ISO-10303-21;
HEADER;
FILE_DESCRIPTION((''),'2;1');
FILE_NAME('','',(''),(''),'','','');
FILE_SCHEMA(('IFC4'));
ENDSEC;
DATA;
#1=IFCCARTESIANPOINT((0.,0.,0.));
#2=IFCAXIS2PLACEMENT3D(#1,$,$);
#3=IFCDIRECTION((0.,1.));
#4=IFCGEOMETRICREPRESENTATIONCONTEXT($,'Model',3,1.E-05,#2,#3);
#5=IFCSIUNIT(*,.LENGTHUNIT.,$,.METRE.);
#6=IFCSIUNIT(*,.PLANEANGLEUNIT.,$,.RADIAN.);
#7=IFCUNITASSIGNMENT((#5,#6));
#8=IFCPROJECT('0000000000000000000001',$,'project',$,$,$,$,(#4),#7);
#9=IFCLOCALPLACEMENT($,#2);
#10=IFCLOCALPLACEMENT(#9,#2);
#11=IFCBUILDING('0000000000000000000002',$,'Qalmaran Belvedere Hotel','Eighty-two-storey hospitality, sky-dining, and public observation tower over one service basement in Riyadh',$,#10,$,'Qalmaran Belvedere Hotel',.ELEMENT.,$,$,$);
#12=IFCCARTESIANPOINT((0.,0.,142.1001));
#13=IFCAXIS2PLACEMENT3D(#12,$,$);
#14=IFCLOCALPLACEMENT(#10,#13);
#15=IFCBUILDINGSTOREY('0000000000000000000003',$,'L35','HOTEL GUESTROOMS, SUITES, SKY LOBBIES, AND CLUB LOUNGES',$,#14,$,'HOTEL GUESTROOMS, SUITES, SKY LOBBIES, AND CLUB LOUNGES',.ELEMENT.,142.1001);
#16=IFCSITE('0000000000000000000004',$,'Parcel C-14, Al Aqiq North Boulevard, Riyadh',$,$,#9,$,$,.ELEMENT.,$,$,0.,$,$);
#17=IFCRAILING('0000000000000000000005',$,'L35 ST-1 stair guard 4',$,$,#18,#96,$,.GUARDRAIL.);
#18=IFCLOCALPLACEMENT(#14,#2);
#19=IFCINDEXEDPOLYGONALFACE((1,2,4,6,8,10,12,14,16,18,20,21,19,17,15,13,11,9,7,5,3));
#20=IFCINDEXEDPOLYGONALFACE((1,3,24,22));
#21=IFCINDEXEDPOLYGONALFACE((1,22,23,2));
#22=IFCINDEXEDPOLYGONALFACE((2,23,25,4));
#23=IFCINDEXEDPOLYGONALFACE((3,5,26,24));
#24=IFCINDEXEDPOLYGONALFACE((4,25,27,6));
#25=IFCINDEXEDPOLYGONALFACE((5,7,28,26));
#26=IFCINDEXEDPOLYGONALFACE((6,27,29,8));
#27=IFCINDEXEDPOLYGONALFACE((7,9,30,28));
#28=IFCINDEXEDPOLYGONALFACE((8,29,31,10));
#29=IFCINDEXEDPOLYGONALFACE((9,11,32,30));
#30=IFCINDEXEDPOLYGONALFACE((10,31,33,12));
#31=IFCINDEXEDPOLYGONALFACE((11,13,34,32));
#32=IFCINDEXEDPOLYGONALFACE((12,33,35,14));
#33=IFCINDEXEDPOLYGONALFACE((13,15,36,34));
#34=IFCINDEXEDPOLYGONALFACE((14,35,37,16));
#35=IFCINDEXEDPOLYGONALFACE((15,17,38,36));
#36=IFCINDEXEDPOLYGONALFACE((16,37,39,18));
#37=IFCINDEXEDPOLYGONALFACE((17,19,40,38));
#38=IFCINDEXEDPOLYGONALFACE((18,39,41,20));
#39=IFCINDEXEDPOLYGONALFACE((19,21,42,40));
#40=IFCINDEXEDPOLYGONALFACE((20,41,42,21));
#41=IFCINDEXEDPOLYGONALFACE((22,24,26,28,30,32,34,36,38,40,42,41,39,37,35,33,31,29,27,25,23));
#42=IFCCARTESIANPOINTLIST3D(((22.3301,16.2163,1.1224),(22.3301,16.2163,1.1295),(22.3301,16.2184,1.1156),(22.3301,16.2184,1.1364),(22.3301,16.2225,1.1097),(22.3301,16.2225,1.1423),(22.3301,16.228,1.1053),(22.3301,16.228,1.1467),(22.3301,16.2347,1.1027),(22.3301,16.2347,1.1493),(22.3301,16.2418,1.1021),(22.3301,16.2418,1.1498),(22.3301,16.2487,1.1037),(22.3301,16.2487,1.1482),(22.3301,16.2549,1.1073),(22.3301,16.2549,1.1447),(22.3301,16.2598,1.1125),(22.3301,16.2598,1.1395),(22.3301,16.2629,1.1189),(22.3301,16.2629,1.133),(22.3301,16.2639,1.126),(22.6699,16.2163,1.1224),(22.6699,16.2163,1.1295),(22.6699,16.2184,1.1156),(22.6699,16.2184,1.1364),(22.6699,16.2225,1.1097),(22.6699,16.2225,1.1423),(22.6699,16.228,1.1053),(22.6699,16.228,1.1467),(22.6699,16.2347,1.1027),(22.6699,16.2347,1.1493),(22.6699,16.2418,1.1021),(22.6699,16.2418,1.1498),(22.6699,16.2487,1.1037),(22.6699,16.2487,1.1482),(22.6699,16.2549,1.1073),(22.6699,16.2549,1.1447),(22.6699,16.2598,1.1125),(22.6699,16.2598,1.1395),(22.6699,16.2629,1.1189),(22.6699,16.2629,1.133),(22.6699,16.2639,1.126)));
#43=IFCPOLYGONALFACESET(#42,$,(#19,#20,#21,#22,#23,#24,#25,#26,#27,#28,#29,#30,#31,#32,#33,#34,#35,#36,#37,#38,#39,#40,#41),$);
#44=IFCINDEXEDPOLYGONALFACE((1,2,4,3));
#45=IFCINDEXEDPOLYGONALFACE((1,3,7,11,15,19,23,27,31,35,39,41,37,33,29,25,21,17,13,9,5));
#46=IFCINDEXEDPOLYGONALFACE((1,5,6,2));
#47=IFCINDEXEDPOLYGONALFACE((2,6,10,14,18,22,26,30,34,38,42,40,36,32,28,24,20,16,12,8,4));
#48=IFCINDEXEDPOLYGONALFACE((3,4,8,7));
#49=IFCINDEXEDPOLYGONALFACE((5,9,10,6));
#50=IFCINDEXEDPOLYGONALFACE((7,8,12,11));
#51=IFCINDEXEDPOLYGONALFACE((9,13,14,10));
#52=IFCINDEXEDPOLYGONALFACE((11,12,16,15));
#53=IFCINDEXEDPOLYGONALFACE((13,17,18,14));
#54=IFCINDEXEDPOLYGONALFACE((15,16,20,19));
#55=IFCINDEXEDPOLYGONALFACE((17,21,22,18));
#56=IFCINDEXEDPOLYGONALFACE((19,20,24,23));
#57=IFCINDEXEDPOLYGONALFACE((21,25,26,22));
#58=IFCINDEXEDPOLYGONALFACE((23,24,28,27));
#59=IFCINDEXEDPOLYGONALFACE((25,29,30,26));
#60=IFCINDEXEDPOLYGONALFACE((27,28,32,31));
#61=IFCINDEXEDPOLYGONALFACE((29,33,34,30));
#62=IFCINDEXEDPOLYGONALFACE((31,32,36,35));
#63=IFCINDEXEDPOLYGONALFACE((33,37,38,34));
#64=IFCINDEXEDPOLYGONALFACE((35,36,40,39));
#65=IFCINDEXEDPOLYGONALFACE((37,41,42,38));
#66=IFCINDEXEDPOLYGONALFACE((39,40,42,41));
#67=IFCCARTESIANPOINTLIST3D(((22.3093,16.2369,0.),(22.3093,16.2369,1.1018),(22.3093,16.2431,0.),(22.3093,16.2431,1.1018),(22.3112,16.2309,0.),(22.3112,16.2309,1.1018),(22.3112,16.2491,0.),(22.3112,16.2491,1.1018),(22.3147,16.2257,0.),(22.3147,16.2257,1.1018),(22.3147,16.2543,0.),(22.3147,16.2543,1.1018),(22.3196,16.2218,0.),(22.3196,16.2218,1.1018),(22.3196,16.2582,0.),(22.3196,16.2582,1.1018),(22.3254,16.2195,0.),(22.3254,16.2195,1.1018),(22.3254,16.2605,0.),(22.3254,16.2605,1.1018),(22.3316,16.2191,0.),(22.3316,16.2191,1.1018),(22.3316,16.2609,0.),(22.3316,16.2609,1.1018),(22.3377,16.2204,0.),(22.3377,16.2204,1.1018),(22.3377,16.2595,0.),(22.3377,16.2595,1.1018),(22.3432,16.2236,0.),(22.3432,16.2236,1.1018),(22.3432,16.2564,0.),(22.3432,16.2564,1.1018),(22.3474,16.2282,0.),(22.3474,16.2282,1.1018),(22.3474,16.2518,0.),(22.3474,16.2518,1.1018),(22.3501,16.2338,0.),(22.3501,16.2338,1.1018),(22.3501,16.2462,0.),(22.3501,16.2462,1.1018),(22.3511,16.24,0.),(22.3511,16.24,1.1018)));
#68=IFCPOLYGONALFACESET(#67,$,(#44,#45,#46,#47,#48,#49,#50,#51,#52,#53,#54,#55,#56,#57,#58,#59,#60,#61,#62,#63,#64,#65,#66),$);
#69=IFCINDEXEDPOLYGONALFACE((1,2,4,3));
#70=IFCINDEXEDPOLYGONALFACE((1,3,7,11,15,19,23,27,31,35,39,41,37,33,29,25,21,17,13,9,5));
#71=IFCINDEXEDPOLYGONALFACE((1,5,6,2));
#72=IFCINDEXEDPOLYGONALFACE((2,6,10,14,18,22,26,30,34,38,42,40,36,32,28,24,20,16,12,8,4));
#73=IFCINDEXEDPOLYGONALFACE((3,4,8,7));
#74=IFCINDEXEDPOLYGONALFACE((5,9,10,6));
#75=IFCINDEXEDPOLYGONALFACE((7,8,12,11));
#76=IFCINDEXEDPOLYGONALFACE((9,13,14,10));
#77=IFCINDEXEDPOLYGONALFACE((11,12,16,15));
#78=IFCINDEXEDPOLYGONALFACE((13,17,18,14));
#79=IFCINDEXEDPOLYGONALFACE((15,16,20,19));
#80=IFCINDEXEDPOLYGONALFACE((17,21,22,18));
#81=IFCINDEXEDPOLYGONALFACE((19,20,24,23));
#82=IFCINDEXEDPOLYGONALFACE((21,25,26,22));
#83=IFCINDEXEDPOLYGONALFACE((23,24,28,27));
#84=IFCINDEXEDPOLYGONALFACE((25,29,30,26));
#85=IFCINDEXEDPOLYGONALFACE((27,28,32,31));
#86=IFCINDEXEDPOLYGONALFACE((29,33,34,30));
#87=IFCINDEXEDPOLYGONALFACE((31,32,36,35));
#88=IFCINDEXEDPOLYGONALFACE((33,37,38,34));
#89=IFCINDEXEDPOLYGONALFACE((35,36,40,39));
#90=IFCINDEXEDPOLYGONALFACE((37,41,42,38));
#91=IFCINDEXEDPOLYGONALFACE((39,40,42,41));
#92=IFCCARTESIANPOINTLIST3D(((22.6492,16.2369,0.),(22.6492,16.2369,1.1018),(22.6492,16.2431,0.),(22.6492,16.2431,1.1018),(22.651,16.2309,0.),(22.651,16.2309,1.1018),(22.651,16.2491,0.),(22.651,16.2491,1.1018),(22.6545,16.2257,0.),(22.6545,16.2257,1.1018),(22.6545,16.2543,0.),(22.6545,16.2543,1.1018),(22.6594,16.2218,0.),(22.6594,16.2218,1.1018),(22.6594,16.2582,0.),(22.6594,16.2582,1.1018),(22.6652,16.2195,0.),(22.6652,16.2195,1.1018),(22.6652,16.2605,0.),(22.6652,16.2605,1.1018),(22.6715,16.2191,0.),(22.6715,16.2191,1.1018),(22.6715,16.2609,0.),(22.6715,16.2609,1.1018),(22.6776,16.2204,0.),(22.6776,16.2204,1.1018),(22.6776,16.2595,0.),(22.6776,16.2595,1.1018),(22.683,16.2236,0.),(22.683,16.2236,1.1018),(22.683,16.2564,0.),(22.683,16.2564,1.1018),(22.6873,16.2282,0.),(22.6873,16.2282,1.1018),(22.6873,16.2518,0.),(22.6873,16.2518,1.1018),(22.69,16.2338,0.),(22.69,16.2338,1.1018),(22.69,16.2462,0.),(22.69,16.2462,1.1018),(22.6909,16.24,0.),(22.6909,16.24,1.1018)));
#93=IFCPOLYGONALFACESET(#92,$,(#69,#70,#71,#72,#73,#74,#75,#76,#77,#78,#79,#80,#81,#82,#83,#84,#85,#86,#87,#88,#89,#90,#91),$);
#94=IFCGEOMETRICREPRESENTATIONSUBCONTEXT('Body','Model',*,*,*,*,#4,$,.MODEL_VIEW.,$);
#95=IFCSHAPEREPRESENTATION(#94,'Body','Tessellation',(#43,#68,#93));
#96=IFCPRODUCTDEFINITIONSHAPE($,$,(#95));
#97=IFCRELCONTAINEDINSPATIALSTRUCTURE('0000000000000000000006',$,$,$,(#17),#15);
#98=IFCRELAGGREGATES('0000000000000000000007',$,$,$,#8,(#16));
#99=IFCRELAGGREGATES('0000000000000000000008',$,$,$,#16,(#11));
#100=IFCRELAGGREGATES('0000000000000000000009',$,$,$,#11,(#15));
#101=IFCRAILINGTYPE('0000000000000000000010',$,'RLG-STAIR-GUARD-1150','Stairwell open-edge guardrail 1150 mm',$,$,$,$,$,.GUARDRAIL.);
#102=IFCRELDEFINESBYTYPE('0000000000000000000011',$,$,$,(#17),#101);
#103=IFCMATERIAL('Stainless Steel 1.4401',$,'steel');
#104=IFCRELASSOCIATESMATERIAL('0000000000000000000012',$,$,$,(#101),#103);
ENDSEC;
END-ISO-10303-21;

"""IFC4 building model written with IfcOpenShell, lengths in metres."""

from ifc_helpers import new_model, si_unit, direction, frame, origin, origin_2d, place, context, subcontext, project, spatial, circle, extrude, material, type_object, element, save


model = new_model("IFC4")

# Units and contexts
model_context = context("Model", 3, precision=1e-05, world=origin(), true_north=direction((0.0, 1.0)))
body_context = subcontext(model_context, "Body", "Model", "MODEL_VIEW")
ifc_project = project(units=[si_unit("LENGTHUNIT", "METRE"), si_unit("PLANEANGLEUNIT", "RADIAN")], contexts=[model_context])

# Site, building, storey
site_placement = place(None, origin())
site = spatial("IfcSite", under=ifc_project, at=site_placement, Name="Parcel C-14, Al Aqiq North Boulevard, Riyadh", CompositionType="ELEMENT", RefElevation=0.0)
building_placement = place(site_placement, origin())
building = spatial("IfcBuilding", under=site, at=building_placement, Name="Qalmaran Belvedere Hotel", Description="Eighty-two-storey hospitality, sky-dining, and public observation tower over one service basement in Riyadh", LongName="Qalmaran Belvedere Hotel", CompositionType="ELEMENT")
storey_placement = place(building_placement, frame((0.0, 0.0, 142.1001)))
storey = spatial("IfcBuildingStorey", under=building, at=storey_placement, Name="L35", Description="HOTEL GUESTROOMS, SUITES, SKY LOBBIES, AND CLUB LOUNGES", LongName="HOTEL GUESTROOMS, SUITES, SKY LOBBIES, AND CLUB LOUNGES", CompositionType="ELEMENT", Elevation=142.1001)

# Shared definitions
ifc_material_1 = material(Name="Stainless Steel 1.4401", Category="steel")

# Railing
railing_type_1 = type_object("IfcRailingType", Name="RLG-STAIR-GUARD-1150", Description="Stairwell open-edge guardrail 1150 mm", PredefinedType="GUARDRAIL", material=ifc_material_1)
railing_1_placement = place(storey_placement, frame((22.3301, 16.24, 0.0)))
element("IfcRailing", 1, at=railing_1_placement, inside=storey, type_object=railing_type_1, Name="L35 ST-1 stair guard 4", PredefinedType="GUARDRAIL", context=body_context, shape_type="SweptSolid", body=[
    extrude(circle(Radius=0.0239, at=origin_2d()), frame((0.0, 0.0, 1.126), z_axis=(1.0, 0.0, 0.0), x_axis=(0.0, 1.0, 0.0)), (0.0, 0.0, 1.0), 0.3398),
    extrude(circle(Radius=0.021, at=origin_2d()), origin(), (0.0, 0.0, 1.0), 1.1018),
    extrude(circle(Radius=0.021, at=origin_2d()), frame((0.3398, 0.0, 0.0)), (0.0, 0.0, 1.0), 1.1018),
])

save(model, "model.ifc")
